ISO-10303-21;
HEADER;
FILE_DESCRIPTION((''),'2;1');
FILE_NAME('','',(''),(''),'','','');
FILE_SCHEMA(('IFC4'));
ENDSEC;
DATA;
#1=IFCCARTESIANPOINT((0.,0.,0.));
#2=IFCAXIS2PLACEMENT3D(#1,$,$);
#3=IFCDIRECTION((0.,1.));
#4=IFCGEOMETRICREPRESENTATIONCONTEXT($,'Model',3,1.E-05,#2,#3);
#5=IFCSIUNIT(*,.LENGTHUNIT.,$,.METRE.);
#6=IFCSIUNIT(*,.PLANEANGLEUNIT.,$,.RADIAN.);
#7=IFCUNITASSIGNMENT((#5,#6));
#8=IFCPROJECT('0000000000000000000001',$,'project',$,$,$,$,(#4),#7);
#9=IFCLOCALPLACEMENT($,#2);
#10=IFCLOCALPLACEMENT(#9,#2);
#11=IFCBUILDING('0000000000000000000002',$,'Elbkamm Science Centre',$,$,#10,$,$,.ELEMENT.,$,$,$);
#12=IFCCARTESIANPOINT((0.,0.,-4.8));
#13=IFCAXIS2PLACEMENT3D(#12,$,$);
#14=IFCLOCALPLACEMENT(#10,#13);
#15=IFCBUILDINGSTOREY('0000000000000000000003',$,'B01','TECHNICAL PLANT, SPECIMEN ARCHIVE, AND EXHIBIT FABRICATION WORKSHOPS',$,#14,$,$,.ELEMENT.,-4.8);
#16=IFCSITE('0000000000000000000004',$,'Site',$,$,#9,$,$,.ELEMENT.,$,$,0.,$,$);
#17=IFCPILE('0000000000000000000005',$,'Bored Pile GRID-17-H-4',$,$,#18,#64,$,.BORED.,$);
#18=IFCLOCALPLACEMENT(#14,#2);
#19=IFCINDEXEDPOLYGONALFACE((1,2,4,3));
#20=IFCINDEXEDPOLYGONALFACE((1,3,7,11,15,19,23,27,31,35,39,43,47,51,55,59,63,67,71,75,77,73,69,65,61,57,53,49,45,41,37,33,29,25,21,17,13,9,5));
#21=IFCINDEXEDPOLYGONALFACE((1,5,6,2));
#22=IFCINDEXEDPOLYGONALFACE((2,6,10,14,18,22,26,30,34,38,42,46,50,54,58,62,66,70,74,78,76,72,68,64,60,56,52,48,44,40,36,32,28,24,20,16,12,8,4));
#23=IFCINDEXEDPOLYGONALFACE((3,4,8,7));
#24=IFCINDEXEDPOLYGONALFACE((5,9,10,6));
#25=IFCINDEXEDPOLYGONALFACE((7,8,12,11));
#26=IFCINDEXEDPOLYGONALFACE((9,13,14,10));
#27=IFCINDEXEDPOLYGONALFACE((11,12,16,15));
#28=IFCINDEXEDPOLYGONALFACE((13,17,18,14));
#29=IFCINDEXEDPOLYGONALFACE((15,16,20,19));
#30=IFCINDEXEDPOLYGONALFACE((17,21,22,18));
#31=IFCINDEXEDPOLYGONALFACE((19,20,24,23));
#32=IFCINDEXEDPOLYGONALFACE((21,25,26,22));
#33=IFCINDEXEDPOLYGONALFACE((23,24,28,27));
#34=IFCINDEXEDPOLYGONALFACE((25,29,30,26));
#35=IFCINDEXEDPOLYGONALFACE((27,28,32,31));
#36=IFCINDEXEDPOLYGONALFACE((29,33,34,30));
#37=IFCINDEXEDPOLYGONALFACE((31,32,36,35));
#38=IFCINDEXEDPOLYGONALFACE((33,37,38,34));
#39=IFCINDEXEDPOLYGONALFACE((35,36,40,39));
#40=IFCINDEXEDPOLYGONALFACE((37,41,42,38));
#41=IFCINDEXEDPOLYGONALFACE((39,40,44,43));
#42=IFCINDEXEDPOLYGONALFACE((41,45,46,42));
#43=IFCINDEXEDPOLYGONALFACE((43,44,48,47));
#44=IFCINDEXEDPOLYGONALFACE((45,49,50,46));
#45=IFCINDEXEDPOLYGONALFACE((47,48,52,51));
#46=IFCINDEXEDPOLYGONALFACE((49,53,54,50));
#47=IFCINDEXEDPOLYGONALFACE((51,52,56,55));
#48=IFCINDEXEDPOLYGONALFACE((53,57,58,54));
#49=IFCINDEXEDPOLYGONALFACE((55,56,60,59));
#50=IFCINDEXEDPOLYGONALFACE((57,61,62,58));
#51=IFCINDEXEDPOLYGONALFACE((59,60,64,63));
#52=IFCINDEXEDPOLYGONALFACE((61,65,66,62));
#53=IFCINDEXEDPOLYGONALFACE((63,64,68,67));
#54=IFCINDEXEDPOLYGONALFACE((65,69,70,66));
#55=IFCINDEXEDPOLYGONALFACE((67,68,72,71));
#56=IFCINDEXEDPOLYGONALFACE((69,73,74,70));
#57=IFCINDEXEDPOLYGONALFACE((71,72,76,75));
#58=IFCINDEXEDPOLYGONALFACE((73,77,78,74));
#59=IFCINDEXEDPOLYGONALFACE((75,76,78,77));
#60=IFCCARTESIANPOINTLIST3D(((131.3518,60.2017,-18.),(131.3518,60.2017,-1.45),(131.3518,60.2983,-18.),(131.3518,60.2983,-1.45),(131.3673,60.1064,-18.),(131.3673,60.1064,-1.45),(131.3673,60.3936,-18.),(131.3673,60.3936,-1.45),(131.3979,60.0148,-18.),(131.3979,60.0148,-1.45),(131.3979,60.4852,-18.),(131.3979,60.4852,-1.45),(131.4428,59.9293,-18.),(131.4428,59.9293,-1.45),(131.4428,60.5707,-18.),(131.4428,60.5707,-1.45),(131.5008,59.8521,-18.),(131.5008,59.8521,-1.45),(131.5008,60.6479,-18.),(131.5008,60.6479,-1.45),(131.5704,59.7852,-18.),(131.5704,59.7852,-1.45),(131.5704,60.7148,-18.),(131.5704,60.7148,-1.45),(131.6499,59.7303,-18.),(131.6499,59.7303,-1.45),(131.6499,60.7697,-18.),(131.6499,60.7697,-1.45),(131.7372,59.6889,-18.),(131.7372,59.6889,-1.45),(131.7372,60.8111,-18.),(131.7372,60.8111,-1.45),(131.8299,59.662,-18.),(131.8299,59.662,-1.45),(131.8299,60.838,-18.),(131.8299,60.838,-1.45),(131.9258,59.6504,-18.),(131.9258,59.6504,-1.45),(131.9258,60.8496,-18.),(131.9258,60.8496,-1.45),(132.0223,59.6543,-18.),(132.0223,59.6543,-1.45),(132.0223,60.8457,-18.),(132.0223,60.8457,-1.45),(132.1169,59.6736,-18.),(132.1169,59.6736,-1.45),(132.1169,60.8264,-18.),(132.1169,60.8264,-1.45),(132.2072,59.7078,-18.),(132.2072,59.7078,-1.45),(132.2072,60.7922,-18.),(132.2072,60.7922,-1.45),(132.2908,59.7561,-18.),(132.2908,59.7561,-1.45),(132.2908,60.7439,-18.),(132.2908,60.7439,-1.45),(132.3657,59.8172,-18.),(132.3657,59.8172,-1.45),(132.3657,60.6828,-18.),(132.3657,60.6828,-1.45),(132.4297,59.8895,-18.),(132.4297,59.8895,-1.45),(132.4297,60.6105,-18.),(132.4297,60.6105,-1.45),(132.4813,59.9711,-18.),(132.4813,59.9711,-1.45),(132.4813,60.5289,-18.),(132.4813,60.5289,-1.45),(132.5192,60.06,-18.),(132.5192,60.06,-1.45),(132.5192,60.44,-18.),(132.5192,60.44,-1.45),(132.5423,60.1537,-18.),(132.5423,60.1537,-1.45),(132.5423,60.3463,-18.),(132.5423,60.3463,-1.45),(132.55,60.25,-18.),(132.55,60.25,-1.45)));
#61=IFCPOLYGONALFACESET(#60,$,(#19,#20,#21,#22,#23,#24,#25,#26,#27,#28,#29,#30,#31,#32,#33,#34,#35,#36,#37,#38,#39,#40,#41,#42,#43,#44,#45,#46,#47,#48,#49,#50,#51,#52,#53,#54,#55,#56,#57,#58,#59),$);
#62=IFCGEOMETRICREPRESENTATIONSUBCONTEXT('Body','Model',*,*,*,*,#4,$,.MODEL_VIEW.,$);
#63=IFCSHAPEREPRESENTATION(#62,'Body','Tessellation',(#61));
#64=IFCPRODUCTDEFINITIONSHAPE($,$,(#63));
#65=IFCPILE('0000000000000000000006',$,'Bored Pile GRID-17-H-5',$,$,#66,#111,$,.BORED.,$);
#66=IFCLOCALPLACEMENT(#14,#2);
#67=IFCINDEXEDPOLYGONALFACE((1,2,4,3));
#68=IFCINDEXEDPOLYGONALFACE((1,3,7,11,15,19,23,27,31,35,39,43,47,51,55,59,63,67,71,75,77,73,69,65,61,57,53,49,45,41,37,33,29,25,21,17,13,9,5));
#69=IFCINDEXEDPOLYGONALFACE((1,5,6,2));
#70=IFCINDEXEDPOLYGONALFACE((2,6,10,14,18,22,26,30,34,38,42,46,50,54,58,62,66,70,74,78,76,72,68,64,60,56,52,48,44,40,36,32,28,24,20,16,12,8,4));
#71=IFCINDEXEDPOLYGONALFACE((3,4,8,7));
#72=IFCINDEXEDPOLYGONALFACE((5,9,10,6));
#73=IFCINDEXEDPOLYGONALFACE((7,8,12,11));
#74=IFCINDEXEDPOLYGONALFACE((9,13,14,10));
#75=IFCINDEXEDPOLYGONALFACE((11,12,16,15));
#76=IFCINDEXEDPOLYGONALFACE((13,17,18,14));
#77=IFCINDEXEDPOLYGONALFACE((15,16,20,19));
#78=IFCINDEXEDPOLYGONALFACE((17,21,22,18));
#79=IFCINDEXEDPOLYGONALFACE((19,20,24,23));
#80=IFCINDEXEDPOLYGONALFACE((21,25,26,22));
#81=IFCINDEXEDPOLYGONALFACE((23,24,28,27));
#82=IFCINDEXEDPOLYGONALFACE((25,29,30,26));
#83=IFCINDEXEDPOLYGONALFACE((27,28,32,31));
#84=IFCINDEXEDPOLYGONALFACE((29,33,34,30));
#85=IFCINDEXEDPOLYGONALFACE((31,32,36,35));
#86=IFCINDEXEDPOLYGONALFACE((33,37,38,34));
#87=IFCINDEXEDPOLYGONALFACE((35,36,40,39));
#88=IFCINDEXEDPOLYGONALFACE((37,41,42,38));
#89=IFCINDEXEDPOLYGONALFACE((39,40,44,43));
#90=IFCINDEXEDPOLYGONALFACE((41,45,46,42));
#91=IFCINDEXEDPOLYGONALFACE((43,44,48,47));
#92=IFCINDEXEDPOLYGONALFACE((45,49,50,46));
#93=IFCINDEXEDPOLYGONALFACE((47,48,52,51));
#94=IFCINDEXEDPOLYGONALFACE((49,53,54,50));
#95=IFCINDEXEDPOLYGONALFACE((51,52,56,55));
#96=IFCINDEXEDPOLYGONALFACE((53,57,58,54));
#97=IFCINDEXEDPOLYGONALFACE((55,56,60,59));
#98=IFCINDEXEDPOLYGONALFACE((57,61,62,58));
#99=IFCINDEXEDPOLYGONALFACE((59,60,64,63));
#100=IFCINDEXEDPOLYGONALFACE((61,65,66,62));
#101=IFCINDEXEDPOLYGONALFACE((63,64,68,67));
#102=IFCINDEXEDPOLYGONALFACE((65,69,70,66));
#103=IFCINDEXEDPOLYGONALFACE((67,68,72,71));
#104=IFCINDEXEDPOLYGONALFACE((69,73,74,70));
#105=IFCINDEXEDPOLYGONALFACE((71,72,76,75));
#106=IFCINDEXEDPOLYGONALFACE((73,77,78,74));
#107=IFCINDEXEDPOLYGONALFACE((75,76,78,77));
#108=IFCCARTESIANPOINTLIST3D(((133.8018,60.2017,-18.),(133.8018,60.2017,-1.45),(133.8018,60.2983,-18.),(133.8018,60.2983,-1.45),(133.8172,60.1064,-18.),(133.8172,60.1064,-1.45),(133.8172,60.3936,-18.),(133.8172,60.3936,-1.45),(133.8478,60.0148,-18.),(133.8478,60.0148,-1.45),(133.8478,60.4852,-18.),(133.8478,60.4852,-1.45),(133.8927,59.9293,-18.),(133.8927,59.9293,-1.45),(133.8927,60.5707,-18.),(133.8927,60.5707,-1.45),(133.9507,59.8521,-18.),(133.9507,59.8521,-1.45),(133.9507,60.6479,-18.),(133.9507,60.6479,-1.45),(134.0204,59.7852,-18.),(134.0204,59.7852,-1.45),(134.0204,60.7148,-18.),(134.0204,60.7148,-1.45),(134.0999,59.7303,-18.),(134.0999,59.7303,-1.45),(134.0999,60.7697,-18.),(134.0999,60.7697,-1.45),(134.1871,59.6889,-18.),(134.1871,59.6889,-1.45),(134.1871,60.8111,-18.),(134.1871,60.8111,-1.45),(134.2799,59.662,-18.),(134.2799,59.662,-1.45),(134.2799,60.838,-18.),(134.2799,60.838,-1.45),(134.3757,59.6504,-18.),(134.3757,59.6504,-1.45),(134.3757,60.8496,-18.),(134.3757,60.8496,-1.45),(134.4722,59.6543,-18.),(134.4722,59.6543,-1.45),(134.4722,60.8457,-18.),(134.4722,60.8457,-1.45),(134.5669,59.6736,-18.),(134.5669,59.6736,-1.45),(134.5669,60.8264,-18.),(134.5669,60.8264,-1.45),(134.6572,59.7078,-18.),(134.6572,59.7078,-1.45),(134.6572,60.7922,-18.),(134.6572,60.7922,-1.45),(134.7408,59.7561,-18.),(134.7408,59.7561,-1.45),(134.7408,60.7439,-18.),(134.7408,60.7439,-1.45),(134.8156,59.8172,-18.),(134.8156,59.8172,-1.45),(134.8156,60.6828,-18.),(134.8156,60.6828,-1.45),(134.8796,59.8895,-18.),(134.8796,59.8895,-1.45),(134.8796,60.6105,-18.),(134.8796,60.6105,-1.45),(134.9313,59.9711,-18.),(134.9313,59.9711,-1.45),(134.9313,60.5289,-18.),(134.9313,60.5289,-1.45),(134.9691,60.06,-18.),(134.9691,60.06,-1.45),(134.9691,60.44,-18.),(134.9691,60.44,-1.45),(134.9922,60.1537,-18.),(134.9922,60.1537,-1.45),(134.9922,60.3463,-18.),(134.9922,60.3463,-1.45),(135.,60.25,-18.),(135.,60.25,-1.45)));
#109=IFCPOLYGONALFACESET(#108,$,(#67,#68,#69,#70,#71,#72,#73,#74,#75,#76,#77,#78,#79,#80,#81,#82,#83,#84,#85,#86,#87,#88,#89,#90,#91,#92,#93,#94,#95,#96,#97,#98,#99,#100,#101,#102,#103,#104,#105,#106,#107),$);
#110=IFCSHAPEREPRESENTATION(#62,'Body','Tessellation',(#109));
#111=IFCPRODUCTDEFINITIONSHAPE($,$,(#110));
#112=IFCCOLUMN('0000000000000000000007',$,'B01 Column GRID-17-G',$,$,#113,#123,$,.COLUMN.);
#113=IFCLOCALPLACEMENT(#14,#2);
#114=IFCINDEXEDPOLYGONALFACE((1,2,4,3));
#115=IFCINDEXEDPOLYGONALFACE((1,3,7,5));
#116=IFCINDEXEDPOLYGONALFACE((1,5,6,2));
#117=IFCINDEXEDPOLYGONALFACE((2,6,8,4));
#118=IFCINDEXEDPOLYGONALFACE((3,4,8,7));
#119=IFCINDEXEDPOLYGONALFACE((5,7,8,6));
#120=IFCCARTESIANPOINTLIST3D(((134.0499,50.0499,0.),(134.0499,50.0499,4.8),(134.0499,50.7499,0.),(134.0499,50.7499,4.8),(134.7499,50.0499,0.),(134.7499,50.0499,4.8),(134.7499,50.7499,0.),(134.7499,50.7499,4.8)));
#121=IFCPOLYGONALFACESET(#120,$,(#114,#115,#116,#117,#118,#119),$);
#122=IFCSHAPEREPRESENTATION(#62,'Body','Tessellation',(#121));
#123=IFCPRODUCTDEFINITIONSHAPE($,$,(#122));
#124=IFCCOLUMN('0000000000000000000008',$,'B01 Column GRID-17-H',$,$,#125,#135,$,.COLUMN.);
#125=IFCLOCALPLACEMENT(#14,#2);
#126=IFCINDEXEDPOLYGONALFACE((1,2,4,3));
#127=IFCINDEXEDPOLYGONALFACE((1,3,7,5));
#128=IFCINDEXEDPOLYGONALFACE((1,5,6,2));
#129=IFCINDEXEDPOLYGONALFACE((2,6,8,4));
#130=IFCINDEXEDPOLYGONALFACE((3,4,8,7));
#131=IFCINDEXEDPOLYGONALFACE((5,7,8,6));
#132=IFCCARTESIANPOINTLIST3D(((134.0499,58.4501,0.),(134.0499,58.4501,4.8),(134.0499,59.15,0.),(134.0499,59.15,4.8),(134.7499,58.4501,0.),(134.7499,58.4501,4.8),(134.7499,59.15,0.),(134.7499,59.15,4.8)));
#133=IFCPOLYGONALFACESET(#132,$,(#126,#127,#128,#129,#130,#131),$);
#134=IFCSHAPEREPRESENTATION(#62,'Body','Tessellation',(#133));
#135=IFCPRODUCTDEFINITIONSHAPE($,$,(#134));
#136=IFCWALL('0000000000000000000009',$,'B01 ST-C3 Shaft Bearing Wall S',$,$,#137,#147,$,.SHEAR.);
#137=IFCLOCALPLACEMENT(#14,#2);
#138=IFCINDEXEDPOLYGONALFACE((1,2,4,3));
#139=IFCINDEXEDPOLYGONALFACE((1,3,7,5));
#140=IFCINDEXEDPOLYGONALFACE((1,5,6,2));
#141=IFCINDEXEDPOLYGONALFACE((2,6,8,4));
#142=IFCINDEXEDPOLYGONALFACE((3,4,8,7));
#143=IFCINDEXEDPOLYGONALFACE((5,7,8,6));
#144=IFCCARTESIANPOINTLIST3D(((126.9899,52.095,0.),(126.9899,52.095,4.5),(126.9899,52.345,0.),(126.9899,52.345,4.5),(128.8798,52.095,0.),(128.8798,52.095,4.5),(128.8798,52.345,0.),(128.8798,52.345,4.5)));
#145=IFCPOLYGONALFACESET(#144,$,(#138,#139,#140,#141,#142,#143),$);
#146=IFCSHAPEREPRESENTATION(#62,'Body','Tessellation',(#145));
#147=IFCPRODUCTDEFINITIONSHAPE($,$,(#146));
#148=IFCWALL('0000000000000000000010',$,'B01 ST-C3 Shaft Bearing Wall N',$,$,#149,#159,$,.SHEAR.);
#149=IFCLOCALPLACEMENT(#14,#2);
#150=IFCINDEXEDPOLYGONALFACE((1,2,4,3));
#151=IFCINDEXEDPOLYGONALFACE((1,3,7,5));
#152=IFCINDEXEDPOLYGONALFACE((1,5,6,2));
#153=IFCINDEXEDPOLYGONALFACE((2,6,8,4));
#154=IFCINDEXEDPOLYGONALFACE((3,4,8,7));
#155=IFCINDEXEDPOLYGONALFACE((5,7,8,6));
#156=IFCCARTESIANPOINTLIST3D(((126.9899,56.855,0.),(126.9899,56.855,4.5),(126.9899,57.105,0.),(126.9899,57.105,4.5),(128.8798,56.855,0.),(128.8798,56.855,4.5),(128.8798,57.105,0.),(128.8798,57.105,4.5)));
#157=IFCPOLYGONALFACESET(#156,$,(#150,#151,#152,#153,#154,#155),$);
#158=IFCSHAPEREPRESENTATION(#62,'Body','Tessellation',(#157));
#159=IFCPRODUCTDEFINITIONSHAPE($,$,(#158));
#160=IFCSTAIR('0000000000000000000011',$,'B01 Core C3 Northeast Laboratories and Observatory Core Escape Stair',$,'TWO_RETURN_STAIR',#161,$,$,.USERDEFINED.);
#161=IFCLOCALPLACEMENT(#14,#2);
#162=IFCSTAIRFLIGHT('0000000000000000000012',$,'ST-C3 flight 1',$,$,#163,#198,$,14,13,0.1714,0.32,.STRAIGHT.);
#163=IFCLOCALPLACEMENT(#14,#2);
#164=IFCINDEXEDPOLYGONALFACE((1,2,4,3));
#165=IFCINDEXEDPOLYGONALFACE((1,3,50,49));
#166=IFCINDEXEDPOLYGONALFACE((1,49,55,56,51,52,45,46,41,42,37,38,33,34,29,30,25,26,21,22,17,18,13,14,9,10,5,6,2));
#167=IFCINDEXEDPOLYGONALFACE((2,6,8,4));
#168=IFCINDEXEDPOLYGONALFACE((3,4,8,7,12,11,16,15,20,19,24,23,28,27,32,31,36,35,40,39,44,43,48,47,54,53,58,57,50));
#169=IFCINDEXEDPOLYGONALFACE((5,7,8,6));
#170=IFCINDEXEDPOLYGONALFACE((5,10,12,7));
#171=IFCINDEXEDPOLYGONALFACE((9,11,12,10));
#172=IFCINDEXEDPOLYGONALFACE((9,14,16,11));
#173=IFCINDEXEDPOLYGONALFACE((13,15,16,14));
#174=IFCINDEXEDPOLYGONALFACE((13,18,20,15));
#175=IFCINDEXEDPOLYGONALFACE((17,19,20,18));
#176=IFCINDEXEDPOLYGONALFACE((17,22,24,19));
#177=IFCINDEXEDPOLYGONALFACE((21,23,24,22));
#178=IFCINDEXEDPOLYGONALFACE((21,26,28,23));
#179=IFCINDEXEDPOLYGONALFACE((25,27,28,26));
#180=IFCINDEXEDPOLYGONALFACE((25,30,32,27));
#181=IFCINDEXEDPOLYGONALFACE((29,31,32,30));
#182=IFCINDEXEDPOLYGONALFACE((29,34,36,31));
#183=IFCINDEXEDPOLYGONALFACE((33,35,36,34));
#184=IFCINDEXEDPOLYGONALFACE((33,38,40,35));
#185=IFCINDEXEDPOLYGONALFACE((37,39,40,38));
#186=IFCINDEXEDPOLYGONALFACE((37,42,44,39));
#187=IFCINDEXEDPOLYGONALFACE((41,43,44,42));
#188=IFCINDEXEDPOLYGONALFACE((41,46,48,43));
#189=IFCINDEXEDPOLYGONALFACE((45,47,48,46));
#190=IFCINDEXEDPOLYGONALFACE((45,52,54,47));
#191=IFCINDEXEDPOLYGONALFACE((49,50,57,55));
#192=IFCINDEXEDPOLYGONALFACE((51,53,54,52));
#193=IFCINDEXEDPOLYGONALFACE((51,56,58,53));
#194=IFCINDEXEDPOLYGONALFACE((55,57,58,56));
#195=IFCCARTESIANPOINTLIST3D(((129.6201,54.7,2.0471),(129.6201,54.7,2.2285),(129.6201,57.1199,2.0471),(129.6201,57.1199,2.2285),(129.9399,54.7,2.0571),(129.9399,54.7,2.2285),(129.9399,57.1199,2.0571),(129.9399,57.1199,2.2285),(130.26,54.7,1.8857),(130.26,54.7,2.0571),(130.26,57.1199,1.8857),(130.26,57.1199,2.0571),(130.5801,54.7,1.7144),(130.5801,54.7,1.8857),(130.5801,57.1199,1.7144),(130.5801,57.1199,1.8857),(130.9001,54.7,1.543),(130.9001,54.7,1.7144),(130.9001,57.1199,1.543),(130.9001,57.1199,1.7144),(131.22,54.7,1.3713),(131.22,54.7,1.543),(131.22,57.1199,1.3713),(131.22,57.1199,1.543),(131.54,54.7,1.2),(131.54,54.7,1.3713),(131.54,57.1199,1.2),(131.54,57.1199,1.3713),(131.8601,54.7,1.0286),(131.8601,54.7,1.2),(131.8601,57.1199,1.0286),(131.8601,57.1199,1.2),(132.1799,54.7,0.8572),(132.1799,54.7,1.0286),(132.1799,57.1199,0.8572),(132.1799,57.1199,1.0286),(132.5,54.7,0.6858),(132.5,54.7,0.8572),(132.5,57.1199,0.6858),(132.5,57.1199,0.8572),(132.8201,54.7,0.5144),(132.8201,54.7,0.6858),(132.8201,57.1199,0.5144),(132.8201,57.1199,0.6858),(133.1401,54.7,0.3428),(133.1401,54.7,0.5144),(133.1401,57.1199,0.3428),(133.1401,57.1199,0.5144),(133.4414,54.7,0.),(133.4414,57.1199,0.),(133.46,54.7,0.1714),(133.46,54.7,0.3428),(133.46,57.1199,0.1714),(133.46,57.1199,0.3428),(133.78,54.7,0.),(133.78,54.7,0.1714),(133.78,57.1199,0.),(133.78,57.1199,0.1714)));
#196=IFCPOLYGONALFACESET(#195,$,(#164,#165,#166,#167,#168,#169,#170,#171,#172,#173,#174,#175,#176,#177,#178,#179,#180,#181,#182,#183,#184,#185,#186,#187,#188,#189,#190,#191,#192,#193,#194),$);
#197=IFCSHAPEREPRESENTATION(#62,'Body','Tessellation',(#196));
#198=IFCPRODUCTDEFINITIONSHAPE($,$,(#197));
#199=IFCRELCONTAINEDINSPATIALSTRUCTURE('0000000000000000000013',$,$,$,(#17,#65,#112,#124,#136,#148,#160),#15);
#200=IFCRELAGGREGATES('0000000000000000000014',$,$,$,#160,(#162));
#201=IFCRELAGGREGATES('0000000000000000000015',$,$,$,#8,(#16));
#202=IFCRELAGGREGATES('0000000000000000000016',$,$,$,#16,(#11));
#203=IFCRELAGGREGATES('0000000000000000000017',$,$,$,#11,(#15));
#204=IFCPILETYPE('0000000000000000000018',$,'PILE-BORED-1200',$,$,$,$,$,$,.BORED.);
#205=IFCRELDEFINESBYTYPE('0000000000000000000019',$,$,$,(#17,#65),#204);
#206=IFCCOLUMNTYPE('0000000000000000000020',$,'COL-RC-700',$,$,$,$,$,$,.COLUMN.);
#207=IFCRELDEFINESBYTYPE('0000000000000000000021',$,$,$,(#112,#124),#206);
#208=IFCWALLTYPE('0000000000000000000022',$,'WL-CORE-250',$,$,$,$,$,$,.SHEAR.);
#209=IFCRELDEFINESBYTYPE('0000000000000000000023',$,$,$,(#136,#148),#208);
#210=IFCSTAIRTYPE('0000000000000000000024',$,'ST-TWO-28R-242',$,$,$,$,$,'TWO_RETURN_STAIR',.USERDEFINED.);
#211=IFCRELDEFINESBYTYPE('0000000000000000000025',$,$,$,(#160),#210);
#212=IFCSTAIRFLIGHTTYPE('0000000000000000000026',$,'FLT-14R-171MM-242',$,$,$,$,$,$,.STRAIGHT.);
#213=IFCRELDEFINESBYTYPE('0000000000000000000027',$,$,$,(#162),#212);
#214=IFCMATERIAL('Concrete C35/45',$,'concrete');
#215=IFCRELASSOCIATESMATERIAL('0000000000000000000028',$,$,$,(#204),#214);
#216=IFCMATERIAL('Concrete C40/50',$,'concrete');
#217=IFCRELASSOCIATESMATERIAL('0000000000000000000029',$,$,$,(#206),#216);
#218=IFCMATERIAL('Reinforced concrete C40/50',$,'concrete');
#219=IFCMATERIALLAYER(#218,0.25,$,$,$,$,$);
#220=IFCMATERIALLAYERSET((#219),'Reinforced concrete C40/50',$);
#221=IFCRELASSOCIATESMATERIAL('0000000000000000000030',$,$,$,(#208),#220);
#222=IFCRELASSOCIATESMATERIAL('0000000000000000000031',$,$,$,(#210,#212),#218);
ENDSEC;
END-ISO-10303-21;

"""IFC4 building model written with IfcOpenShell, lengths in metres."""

from ifc_helpers import new_model, si_unit, direction, frame, frame_2d, origin, origin_2d, place, context, subcontext, project, spatial, polyline, rectangle, circle, outline, extrude, material, layer, layer_set, material_profile, profile_set, type_object, element, aggregate, save


model = new_model("IFC4")

# Units and contexts
model_context = context("Model", 3, precision=1e-05, world=origin(), true_north=direction((0.0, 1.0)))
body_context = subcontext(model_context, "Body", "Model", "MODEL_VIEW")
ifc_project = project(units=[si_unit("LENGTHUNIT", "METRE"), si_unit("PLANEANGLEUNIT", "RADIAN")], contexts=[model_context])

# Site, building, storey
site_placement = place(None, origin())
site = spatial("IfcSite", under=ifc_project, at=site_placement, Name="Site", CompositionType="ELEMENT", RefElevation=0.0)
building_placement = place(site_placement, origin())
building = spatial("IfcBuilding", under=site, at=building_placement, Name="Elbkamm Science Centre", CompositionType="ELEMENT")
storey_placement = place(building_placement, frame((0.0, 0.0, -4.8)))
storey = spatial("IfcBuildingStorey", under=building, at=storey_placement, Name="B01", Description="TECHNICAL PLANT, SPECIMEN ARCHIVE, AND EXHIBIT FABRICATION WORKSHOPS", CompositionType="ELEMENT", Elevation=-4.8)

# Shared definitions
ifc_material_1 = material(Name="Concrete C35/45", Category="concrete")

# Piles
ifc_material_profile_1 = material_profile(ifc_material_1, circle(Radius=0.6001, at=origin_2d()), Name="PILE D1200")
ifc_profile_set_1 = profile_set([ifc_material_profile_1], Name="Concrete C35/45")
pile_type = type_object("IfcPileType", Name="PILE-BORED-1200", PredefinedType="BORED", material=ifc_profile_set_1)
for number, where, z_axis, x_axis, name in (
    (1, (131.95, 60.25, -1.45), (0.0, 0.0, -1.0), (1.0, 0.0, 0.0), "Bored Pile GRID-17-H-4"),
    (2, (134.3999, 60.25, -1.45), (0.0, 0.0, -1.0), (1.0, 0.0, 0.0), "Bored Pile GRID-17-H-5"),
):
    element("IfcPile", number, at=place(storey_placement, frame(where, z_axis=z_axis, x_axis=x_axis)), inside=storey, type_object=pile_type, Name=name, PredefinedType="BORED", context=body_context, shape_type="SweptSolid", body=[
        extrude(circle(Radius=0.6001, at=origin_2d()), origin(), (0.0, 0.0, 1.0), 16.55),
    ])

# Columns
ifc_material_2 = material(Name="Concrete C40/50", Category="concrete")
ifc_material_profile_2 = material_profile(ifc_material_2, rectangle(XDim=0.7, YDim=0.7, at=origin_2d()), Name="RC 700x700")
ifc_profile_set_2 = profile_set([ifc_material_profile_2], Name="Concrete C40/50")
column_type = type_object("IfcColumnType", Name="COL-RC-700", PredefinedType="COLUMN", material=ifc_profile_set_2)
for number, where, z_axis, x_axis, name in (
    (3, (134.3999, 50.3999, 0.0), (0.0, 0.0, 1.0), (1.0, 0.0, 0.0), "B01 Column GRID-17-G"),
    (4, (134.3999, 58.8, 0.0), (0.0, 0.0, 1.0), (1.0, 0.0, 0.0), "B01 Column GRID-17-H"),
):
    element("IfcColumn", number, at=place(storey_placement, frame(where, z_axis=z_axis, x_axis=x_axis)), inside=storey, type_object=column_type, Name=name, PredefinedType="COLUMN", context=body_context, shape_type="SweptSolid", body=[
        extrude(rectangle(XDim=0.7, YDim=0.7, at=origin_2d()), origin(), (0.0, 0.0, 1.0), 4.8),
    ])

# Walls
ifc_material_3 = material(Name="Reinforced concrete C40/50", Category="concrete")
ifc_layer_1 = layer(ifc_material_3, 0.25)
ifc_layer_set_1 = layer_set([ifc_layer_1], Name="Reinforced concrete C40/50")
wall_type = type_object("IfcWallType", Name="WL-CORE-250", PredefinedType="SHEAR", material=ifc_layer_set_1)
for number, where, z_axis, x_axis, name in (
    (5, (126.99, 52.22, 0.0), (0.0, 0.0, 1.0), (1.0, 0.0, 0.0), "B01 ST-C3 Shaft Bearing Wall S"),
    (6, (126.99, 56.98, 0.0), (0.0, 0.0, 1.0), (1.0, 0.0, 0.0), "B01 ST-C3 Shaft Bearing Wall N"),
):
    element("IfcWall", number, at=place(storey_placement, frame(where, z_axis=z_axis, x_axis=x_axis)), inside=storey, type_object=wall_type, Name=name, PredefinedType="SHEAR", context=body_context, shape_type="SweptSolid", body=[
        extrude(rectangle(XDim=1.8899, YDim=0.25, at=frame_2d((0.9448, 0.0))), origin(), (0.0, 0.0, 1.0), 4.5),
    ])

# Stair, stair flight
stair_type = type_object("IfcStairType", Name="ST-TWO-28R-242", ElementType="TWO_RETURN_STAIR", PredefinedType="USERDEFINED", material=ifc_material_3)
stair_placement = place(storey_placement, origin())
stair = element("IfcStair", 7, at=stair_placement, inside=storey, type_object=stair_type, Name="B01 Core C3 Northeast Laboratories and Observatory Core Escape Stair", ObjectType="TWO_RETURN_STAIR", PredefinedType="USERDEFINED")
stair_flight_type = type_object("IfcStairFlightType", Name="FLT-14R-171MM-242", PredefinedType="STRAIGHT", material=ifc_material_3)
stair_flight_1_placement = place(storey_placement, frame((133.78, 55.9099, 0.0), z_axis=(0.0, 0.0, 1.0), x_axis=(-1.0, 0.0, 0.0)))
stair_flight_1 = element("IfcStairFlight", 8, at=stair_flight_1_placement, type_object=stair_flight_type, Name="ST-C3 flight 1", NumberOfRisers=14, NumberOfTreads=13, PredefinedType="STRAIGHT", RiserHeight=0.1714, TreadLength=0.32, context=body_context, shape_type="SweptSolid", body=[
    extrude(outline(polyline([(0.0, 0.0), (0.0, 0.1714), (0.3201, 0.1714), (0.3201, 0.3428), (0.6399, 0.3428), (0.6399, 0.5144), (0.96, 0.5144), (0.96, 0.6858), (1.28, 0.6858), (1.28, 0.8572), (1.6001, 0.8572), (1.6001, 1.0286), (1.9199, 1.0286), (1.9199, 1.2), (2.24, 1.2), (2.24, 1.3713), (2.5601, 1.3713), (2.5601, 1.543), (2.8799, 1.543), (2.8799, 1.7144), (3.2, 1.7144), (3.2, 1.8857), (3.52, 1.8857), (3.52, 2.0571), (3.8401, 2.0571), (3.8401, 2.2285), (4.1599, 2.2285), (4.1599, 2.3999), (4.1599, 2.0471), (0.3386, 0.0), (0.0, 0.0)])), frame((0.0, 1.21, 0.0), z_axis=(0.0, -1.0, 0.0), x_axis=(1.0, 0.0, 0.0)), (0.0, 0.0, 1.0), 2.4199),
])
aggregate(stair, [stair_flight_1])

save(model, "model.ifc")
